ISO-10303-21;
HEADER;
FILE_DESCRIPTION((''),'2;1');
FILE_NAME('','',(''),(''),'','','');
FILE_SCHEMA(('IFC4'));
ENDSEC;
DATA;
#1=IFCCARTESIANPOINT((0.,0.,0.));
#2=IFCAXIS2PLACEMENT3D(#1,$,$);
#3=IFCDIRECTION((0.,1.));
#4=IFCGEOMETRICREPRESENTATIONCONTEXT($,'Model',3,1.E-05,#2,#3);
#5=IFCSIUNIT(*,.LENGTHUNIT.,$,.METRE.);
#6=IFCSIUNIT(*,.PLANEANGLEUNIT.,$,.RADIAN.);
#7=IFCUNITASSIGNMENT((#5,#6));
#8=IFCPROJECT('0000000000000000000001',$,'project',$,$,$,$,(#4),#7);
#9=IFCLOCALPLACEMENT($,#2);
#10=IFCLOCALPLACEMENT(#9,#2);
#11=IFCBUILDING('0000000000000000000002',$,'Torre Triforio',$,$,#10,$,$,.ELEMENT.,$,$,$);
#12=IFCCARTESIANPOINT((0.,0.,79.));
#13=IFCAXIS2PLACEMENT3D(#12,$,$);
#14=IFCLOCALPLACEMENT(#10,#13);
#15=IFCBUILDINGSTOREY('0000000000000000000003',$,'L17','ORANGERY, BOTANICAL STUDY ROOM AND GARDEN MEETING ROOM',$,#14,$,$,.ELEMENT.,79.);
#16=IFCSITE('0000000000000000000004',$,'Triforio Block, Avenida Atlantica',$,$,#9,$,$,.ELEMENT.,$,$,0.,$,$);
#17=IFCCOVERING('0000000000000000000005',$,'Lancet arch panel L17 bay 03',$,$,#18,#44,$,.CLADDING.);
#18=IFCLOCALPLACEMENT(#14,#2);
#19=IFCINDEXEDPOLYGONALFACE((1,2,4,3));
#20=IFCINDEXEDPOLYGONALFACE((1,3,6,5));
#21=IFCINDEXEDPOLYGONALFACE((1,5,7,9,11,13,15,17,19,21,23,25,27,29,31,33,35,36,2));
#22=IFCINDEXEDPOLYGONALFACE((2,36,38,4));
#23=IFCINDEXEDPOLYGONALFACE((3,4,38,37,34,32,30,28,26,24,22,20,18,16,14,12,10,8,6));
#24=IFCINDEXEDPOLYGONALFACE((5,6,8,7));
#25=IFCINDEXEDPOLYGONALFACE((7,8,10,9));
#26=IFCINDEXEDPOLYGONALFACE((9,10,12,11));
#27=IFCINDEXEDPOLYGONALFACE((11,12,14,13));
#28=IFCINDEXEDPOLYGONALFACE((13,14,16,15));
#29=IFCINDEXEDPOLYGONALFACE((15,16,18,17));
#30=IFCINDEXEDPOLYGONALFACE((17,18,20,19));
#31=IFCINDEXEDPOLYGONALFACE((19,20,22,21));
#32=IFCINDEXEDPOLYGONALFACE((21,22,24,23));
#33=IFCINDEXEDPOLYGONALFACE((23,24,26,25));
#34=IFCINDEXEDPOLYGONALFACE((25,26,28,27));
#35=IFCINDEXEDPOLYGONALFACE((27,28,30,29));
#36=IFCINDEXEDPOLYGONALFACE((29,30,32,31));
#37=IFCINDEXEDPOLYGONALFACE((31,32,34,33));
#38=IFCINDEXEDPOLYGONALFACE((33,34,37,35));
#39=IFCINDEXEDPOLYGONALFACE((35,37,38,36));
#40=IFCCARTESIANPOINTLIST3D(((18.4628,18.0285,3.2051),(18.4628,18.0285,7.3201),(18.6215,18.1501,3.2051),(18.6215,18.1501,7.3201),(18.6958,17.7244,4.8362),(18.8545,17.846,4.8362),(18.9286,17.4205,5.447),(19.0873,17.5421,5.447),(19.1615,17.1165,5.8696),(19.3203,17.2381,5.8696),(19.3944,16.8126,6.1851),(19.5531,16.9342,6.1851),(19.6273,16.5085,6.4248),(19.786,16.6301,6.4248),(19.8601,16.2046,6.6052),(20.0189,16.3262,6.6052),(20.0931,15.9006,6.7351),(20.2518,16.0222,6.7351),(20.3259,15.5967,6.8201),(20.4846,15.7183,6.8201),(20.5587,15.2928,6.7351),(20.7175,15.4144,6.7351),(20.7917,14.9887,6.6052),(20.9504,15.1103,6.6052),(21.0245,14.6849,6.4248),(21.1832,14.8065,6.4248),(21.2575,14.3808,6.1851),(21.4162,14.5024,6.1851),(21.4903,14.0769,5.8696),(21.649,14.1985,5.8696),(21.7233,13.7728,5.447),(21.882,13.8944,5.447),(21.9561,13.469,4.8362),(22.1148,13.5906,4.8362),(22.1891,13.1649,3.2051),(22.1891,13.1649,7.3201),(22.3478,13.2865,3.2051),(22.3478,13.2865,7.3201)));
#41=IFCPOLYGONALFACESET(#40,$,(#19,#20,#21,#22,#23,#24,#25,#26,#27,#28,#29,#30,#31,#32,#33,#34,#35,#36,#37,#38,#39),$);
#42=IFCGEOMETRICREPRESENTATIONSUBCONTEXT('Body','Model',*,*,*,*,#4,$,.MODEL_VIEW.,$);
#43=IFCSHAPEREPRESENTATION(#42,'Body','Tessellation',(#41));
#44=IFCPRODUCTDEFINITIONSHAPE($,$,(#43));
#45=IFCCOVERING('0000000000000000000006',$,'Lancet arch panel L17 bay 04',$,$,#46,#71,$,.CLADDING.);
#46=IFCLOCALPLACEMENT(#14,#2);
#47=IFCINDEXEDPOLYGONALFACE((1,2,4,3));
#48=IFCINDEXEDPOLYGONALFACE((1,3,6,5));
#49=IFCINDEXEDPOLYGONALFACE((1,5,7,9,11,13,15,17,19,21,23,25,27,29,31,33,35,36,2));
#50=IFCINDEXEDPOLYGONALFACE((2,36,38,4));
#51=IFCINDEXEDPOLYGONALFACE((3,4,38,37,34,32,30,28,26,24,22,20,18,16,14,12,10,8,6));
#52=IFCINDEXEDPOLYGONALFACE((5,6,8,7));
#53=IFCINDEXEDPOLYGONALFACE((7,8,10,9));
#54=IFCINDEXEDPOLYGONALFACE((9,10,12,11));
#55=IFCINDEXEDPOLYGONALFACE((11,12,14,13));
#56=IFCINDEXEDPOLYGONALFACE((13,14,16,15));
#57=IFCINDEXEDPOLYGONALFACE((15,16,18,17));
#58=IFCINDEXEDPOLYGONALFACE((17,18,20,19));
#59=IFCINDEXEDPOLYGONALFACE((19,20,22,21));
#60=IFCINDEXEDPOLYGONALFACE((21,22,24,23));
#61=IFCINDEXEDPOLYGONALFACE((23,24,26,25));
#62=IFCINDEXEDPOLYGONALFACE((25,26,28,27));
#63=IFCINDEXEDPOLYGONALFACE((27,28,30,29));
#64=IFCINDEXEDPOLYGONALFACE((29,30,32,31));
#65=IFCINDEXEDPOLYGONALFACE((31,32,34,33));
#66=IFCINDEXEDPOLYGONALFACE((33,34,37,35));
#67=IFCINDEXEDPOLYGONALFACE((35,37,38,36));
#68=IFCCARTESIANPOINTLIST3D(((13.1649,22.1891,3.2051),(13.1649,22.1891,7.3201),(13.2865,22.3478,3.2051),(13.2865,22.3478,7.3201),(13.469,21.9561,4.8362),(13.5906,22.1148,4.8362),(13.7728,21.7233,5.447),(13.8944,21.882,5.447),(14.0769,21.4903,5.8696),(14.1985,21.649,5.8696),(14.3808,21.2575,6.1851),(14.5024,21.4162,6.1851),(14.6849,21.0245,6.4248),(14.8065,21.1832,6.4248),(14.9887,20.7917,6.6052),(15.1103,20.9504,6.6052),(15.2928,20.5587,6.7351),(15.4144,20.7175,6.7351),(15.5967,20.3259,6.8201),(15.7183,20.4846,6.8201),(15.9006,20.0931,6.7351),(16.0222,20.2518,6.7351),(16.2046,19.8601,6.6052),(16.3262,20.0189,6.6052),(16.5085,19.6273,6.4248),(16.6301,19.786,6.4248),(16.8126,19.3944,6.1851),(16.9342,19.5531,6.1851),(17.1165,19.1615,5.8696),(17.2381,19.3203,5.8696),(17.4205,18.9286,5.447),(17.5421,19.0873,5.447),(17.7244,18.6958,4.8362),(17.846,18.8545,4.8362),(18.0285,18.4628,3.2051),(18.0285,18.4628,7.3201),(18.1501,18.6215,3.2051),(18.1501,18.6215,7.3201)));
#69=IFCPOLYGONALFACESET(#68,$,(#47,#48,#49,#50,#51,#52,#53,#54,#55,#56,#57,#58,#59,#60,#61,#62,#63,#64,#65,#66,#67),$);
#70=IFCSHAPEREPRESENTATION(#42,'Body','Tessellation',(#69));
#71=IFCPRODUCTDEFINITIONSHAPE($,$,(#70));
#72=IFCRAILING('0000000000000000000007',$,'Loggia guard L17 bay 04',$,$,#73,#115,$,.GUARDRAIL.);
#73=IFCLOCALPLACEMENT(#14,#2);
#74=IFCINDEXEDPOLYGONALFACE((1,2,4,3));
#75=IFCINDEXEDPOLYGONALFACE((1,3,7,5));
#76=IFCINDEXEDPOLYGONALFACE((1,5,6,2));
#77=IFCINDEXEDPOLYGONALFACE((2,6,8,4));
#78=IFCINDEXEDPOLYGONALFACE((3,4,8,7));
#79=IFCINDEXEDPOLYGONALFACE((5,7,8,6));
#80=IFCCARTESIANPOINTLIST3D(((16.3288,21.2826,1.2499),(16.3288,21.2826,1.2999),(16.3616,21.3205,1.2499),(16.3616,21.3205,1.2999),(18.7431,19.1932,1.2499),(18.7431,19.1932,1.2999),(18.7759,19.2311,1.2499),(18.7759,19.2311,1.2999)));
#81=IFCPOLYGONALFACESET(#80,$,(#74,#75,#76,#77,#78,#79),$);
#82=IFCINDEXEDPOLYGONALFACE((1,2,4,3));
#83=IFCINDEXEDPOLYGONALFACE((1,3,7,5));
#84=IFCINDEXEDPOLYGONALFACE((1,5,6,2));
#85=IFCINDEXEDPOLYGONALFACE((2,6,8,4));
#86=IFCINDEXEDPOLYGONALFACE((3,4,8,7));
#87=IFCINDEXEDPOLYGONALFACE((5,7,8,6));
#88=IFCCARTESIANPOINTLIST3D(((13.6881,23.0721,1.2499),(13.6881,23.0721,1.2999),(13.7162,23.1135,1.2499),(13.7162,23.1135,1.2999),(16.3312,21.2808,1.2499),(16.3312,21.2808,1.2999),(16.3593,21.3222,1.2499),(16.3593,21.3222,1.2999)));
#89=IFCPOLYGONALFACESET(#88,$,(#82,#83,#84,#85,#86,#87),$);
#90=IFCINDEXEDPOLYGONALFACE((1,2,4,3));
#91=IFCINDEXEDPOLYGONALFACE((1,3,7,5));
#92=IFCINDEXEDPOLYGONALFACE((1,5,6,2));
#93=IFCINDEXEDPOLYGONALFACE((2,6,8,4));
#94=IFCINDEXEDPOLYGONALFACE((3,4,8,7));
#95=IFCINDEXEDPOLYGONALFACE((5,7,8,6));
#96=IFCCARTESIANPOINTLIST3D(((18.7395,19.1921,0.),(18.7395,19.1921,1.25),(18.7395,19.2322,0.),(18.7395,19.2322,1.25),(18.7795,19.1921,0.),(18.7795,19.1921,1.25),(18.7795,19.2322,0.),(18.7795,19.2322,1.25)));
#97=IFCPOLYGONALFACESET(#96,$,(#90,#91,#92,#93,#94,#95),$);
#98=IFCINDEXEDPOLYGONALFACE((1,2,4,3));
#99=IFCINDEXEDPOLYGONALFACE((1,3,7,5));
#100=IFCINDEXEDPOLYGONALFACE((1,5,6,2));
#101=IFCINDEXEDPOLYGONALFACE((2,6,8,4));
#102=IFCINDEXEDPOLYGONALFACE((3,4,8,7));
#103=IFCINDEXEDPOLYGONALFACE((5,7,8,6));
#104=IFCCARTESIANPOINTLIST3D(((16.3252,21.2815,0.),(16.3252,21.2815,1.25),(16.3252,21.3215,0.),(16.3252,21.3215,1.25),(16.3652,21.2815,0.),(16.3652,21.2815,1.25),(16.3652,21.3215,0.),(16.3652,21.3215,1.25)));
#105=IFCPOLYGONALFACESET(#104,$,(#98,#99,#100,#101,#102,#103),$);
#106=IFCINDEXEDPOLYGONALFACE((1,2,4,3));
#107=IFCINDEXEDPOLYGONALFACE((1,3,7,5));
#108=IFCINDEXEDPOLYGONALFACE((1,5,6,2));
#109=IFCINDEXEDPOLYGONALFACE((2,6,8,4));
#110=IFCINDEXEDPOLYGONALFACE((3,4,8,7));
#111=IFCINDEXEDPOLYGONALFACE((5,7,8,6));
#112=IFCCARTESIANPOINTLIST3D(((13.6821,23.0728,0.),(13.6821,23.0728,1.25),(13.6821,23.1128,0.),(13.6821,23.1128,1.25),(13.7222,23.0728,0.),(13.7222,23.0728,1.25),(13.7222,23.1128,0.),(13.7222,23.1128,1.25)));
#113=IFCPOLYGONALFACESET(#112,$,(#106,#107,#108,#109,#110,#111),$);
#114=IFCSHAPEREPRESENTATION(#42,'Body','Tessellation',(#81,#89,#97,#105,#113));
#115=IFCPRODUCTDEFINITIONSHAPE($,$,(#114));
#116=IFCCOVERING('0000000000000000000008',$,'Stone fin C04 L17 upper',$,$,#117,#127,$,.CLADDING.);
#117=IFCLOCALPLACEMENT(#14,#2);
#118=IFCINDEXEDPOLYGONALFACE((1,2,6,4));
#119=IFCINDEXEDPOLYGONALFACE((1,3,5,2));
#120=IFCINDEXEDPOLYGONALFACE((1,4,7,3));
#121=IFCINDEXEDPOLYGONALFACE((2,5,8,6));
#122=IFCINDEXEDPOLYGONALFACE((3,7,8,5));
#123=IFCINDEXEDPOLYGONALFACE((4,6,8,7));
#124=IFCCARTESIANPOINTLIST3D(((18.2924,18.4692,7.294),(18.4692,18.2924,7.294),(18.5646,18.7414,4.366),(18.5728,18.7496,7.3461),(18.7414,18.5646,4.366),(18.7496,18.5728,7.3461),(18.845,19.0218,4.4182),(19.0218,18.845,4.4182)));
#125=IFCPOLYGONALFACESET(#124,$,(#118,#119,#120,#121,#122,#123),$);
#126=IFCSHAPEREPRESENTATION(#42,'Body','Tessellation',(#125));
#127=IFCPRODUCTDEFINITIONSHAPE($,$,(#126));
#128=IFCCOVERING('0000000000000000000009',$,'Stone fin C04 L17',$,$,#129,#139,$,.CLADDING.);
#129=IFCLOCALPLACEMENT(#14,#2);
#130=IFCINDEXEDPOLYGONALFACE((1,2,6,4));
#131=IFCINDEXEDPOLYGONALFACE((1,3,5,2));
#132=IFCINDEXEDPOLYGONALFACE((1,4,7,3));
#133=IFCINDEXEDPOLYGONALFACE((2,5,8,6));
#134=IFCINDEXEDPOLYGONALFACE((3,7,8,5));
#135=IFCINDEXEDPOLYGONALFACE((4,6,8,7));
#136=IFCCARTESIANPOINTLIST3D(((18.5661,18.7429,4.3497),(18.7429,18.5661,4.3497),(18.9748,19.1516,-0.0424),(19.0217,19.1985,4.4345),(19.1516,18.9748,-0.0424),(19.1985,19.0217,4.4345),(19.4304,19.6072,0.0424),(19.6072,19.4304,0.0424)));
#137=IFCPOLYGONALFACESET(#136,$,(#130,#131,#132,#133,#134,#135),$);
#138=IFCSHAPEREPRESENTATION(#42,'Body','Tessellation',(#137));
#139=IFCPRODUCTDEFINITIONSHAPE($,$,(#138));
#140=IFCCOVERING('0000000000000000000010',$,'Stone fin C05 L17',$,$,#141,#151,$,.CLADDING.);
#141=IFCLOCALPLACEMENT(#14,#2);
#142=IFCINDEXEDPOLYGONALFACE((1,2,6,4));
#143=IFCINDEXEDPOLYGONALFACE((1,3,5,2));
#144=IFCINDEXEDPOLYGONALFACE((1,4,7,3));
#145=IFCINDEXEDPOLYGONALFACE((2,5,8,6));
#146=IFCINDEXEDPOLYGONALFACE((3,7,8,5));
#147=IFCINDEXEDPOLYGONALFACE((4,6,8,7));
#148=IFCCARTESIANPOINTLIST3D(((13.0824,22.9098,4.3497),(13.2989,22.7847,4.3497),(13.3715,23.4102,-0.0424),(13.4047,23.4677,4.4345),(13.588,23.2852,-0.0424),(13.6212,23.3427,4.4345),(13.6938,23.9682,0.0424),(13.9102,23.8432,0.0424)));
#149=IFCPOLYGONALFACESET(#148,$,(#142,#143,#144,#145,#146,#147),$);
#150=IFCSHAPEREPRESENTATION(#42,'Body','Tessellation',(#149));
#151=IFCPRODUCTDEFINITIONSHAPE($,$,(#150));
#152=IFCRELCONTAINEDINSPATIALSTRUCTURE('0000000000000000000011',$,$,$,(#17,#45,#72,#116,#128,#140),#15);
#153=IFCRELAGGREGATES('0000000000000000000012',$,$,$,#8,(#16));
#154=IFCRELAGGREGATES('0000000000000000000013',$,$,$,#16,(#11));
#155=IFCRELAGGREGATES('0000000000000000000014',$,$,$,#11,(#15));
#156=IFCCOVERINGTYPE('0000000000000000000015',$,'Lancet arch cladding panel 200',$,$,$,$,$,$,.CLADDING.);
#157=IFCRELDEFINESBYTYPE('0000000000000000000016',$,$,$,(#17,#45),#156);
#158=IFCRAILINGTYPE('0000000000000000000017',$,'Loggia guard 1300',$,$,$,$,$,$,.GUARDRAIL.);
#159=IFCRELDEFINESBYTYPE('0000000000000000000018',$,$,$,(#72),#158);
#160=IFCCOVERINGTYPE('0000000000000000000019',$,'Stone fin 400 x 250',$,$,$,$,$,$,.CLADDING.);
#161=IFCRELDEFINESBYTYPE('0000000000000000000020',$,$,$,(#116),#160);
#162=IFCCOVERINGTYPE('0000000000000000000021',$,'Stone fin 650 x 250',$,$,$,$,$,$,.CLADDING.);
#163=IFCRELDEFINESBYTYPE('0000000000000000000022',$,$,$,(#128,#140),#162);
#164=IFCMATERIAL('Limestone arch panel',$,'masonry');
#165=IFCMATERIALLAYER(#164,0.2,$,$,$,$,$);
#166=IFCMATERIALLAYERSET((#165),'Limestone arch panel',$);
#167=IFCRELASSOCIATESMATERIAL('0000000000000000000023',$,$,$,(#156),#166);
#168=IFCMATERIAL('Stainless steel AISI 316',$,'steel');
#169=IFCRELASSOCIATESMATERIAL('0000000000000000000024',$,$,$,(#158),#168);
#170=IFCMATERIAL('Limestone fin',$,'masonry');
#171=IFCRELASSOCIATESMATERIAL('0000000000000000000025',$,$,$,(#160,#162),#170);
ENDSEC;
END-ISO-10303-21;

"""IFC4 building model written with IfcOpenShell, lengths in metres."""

from ifc_helpers import new_model, si_unit, direction, frame, origin, origin_2d, place, context, subcontext, project, spatial, polyline, rectangle, outline, extrude, material, layer, layer_set, material_profile, profile_set, type_object, element, save


model = new_model("IFC4")

# Units and contexts
model_context = context("Model", 3, precision=1e-05, world=origin(), true_north=direction((0.0, 1.0)))
body_context = subcontext(model_context, "Body", "Model", "MODEL_VIEW")
ifc_project = project(units=[si_unit("LENGTHUNIT", "METRE"), si_unit("PLANEANGLEUNIT", "RADIAN")], contexts=[model_context])

# Site, building, storey
site_placement = place(None, origin())
site = spatial("IfcSite", under=ifc_project, at=site_placement, Name="Triforio Block, Avenida Atlantica", CompositionType="ELEMENT", RefElevation=0.0)
building_placement = place(site_placement, origin())
building = spatial("IfcBuilding", under=site, at=building_placement, Name="Torre Triforio", CompositionType="ELEMENT")
storey_placement = place(building_placement, frame((0.0, 0.0, 79.0)))
storey = spatial("IfcBuildingStorey", under=building, at=storey_placement, Name="L17", Description="ORANGERY, BOTANICAL STUDY ROOM AND GARDEN MEETING ROOM", CompositionType="ELEMENT", Elevation=79.0)

# Coverings
ifc_material_1 = material(Name="Limestone arch panel", Category="masonry")
ifc_layer_1 = layer(ifc_material_1, 0.2)
ifc_layer_set_1 = layer_set([ifc_layer_1], Name="Limestone arch panel")
covering_type_1 = type_object("IfcCoveringType", Name="Lancet arch cladding panel 200", PredefinedType="CLADDING", material=ifc_layer_set_1)
for number, where, z_axis, x_axis, name in (
    (1, (20.3259, 15.5967, 0.0), (0.793803, 0.608175, 0.0), (-0.608175, 0.793803, 0.0), "Lancet arch panel L17 bay 03"),
    (2, (15.5967, 20.3259, 0.0), (0.608175, 0.793803, 0.0), (-0.793803, 0.608175, 0.0), "Lancet arch panel L17 bay 04"),
):
    element("IfcCovering", number, at=place(storey_placement, frame(where, z_axis=z_axis, x_axis=x_axis)), inside=storey, type_object=covering_type_1, Name=name, PredefinedType="CLADDING", context=body_context, shape_type="SweptSolid", body=[
        extrude(outline(polyline([(-3.0635, 7.3201), (-3.0635, 3.2051), (-2.6804, 4.8362), (-2.2976, 5.447), (-1.9146, 5.8696), (-1.5317, 6.1851), (-1.1487, 6.4248), (-0.7659, 6.6052), (-0.3828, 6.7351), (0.0, 6.8201), (0.3828, 6.7351), (0.7659, 6.6052), (1.1487, 6.4248), (1.5317, 6.1851), (1.9146, 5.8696), (2.2976, 5.447), (2.6804, 4.8362), (3.0635, 3.2051), (3.0635, 7.3201), (-3.0635, 7.3201)])), origin(), (0.0, 0.0, 1.0), 0.2),
    ])

# Railing
ifc_material_2 = material(Name="Stainless steel AISI 316", Category="steel")
railing_type = type_object("IfcRailingType", Name="Loggia guard 1300", PredefinedType="GUARDRAIL", material=ifc_material_2)
railing_placement = place(storey_placement, frame((18.7595, 19.2122, 0.0)))
element("IfcRailing", 3, at=railing_placement, inside=storey, type_object=railing_type, Name="Loggia guard L17 bay 04", PredefinedType="GUARDRAIL", context=body_context, shape_type="SweptSolid", body=[
    extrude(rectangle(XDim=0.05, YDim=0.05, at=origin_2d()), frame((0.0, 0.0, 1.2749), z_axis=(-0.756161, 0.654386, 0.0), x_axis=(-0.654386, -0.756161, 0.0)), (0.0, 0.0, 1.0), 3.1929),
    extrude(rectangle(XDim=0.05, YDim=0.05, at=origin_2d()), frame((-2.4143, 2.0894, 1.2749), z_axis=(-0.827803, 0.561019, 0.0), x_axis=(-0.561019, -0.827803, 0.0)), (0.0, 0.0, 1.0), 3.1929),
    extrude(rectangle(XDim=0.04, YDim=0.04, at=origin_2d()), origin(), (0.0, 0.0, 1.0), 1.25),
    extrude(rectangle(XDim=0.04, YDim=0.04, at=origin_2d()), frame((-2.4143, 2.0894, 0.0)), (0.0, 0.0, 1.0), 1.25),
    extrude(rectangle(XDim=0.04, YDim=0.04, at=origin_2d()), frame((-5.0574, 3.8806, 0.0)), (0.0, 0.0, 1.0), 1.25),
])

# Coverings
ifc_material_3 = material(Name="Limestone fin", Category="masonry")
ifc_material_profile_1 = material_profile(ifc_material_3, rectangle(XDim=0.3999, YDim=0.25, at=origin_2d()), Name="FIN 400x250")
ifc_profile_set_1 = profile_set([ifc_material_profile_1], Name="Limestone fin")
covering_type_2 = type_object("IfcCoveringType", Name="Stone fin 400 x 250", PredefinedType="CLADDING", material=ifc_profile_set_1)
covering_placement = place(storey_placement, frame((18.7932, 18.7932, 4.3921), z_axis=(-0.092178, -0.092178, 0.991467), x_axis=(0.701073, 0.701073, 0.130359)))
element("IfcCovering", 4, at=covering_placement, inside=storey, type_object=covering_type_2, Name="Stone fin C04 L17 upper", PredefinedType="CLADDING", context=body_context, shape_type="SweptSolid", body=[
    extrude(rectangle(XDim=0.3999, YDim=0.25, at=origin_2d()), origin(), (0.0, 0.0, 1.0), 2.9531),
])
ifc_material_profile_2 = material_profile(ifc_material_3, rectangle(XDim=0.6499, YDim=0.25, at=origin_2d()), Name="FIN 650x250")
ifc_profile_set_2 = profile_set([ifc_material_profile_2], Name="Limestone fin")
covering_type_3 = type_object("IfcCoveringType", Name="Stone fin 650 x 250", PredefinedType="CLADDING", material=ifc_profile_set_2)
for number, where, z_axis, x_axis, name in (
    (5, (19.291, 19.291, 0.0), (-0.092256, -0.092256, 0.991452), (0.701063, 0.701063, 0.13047), "Stone fin C04 L17"),
    (6, (13.6409, 23.6267, 0.0), (-0.065252, -0.112978, 0.991453), (0.495862, 0.858545, 0.130468), "Stone fin C05 L17"),
):
    element("IfcCovering", number, at=place(storey_placement, frame(where, z_axis=z_axis, x_axis=x_axis)), inside=storey, type_object=covering_type_3, Name=name, PredefinedType="CLADDING", context=body_context, shape_type="SweptSolid", body=[
        extrude(rectangle(XDim=0.6499, YDim=0.25, at=origin_2d()), origin(), (0.0, 0.0, 1.0), 4.4299),
    ])

save(model, "model.ifc")
